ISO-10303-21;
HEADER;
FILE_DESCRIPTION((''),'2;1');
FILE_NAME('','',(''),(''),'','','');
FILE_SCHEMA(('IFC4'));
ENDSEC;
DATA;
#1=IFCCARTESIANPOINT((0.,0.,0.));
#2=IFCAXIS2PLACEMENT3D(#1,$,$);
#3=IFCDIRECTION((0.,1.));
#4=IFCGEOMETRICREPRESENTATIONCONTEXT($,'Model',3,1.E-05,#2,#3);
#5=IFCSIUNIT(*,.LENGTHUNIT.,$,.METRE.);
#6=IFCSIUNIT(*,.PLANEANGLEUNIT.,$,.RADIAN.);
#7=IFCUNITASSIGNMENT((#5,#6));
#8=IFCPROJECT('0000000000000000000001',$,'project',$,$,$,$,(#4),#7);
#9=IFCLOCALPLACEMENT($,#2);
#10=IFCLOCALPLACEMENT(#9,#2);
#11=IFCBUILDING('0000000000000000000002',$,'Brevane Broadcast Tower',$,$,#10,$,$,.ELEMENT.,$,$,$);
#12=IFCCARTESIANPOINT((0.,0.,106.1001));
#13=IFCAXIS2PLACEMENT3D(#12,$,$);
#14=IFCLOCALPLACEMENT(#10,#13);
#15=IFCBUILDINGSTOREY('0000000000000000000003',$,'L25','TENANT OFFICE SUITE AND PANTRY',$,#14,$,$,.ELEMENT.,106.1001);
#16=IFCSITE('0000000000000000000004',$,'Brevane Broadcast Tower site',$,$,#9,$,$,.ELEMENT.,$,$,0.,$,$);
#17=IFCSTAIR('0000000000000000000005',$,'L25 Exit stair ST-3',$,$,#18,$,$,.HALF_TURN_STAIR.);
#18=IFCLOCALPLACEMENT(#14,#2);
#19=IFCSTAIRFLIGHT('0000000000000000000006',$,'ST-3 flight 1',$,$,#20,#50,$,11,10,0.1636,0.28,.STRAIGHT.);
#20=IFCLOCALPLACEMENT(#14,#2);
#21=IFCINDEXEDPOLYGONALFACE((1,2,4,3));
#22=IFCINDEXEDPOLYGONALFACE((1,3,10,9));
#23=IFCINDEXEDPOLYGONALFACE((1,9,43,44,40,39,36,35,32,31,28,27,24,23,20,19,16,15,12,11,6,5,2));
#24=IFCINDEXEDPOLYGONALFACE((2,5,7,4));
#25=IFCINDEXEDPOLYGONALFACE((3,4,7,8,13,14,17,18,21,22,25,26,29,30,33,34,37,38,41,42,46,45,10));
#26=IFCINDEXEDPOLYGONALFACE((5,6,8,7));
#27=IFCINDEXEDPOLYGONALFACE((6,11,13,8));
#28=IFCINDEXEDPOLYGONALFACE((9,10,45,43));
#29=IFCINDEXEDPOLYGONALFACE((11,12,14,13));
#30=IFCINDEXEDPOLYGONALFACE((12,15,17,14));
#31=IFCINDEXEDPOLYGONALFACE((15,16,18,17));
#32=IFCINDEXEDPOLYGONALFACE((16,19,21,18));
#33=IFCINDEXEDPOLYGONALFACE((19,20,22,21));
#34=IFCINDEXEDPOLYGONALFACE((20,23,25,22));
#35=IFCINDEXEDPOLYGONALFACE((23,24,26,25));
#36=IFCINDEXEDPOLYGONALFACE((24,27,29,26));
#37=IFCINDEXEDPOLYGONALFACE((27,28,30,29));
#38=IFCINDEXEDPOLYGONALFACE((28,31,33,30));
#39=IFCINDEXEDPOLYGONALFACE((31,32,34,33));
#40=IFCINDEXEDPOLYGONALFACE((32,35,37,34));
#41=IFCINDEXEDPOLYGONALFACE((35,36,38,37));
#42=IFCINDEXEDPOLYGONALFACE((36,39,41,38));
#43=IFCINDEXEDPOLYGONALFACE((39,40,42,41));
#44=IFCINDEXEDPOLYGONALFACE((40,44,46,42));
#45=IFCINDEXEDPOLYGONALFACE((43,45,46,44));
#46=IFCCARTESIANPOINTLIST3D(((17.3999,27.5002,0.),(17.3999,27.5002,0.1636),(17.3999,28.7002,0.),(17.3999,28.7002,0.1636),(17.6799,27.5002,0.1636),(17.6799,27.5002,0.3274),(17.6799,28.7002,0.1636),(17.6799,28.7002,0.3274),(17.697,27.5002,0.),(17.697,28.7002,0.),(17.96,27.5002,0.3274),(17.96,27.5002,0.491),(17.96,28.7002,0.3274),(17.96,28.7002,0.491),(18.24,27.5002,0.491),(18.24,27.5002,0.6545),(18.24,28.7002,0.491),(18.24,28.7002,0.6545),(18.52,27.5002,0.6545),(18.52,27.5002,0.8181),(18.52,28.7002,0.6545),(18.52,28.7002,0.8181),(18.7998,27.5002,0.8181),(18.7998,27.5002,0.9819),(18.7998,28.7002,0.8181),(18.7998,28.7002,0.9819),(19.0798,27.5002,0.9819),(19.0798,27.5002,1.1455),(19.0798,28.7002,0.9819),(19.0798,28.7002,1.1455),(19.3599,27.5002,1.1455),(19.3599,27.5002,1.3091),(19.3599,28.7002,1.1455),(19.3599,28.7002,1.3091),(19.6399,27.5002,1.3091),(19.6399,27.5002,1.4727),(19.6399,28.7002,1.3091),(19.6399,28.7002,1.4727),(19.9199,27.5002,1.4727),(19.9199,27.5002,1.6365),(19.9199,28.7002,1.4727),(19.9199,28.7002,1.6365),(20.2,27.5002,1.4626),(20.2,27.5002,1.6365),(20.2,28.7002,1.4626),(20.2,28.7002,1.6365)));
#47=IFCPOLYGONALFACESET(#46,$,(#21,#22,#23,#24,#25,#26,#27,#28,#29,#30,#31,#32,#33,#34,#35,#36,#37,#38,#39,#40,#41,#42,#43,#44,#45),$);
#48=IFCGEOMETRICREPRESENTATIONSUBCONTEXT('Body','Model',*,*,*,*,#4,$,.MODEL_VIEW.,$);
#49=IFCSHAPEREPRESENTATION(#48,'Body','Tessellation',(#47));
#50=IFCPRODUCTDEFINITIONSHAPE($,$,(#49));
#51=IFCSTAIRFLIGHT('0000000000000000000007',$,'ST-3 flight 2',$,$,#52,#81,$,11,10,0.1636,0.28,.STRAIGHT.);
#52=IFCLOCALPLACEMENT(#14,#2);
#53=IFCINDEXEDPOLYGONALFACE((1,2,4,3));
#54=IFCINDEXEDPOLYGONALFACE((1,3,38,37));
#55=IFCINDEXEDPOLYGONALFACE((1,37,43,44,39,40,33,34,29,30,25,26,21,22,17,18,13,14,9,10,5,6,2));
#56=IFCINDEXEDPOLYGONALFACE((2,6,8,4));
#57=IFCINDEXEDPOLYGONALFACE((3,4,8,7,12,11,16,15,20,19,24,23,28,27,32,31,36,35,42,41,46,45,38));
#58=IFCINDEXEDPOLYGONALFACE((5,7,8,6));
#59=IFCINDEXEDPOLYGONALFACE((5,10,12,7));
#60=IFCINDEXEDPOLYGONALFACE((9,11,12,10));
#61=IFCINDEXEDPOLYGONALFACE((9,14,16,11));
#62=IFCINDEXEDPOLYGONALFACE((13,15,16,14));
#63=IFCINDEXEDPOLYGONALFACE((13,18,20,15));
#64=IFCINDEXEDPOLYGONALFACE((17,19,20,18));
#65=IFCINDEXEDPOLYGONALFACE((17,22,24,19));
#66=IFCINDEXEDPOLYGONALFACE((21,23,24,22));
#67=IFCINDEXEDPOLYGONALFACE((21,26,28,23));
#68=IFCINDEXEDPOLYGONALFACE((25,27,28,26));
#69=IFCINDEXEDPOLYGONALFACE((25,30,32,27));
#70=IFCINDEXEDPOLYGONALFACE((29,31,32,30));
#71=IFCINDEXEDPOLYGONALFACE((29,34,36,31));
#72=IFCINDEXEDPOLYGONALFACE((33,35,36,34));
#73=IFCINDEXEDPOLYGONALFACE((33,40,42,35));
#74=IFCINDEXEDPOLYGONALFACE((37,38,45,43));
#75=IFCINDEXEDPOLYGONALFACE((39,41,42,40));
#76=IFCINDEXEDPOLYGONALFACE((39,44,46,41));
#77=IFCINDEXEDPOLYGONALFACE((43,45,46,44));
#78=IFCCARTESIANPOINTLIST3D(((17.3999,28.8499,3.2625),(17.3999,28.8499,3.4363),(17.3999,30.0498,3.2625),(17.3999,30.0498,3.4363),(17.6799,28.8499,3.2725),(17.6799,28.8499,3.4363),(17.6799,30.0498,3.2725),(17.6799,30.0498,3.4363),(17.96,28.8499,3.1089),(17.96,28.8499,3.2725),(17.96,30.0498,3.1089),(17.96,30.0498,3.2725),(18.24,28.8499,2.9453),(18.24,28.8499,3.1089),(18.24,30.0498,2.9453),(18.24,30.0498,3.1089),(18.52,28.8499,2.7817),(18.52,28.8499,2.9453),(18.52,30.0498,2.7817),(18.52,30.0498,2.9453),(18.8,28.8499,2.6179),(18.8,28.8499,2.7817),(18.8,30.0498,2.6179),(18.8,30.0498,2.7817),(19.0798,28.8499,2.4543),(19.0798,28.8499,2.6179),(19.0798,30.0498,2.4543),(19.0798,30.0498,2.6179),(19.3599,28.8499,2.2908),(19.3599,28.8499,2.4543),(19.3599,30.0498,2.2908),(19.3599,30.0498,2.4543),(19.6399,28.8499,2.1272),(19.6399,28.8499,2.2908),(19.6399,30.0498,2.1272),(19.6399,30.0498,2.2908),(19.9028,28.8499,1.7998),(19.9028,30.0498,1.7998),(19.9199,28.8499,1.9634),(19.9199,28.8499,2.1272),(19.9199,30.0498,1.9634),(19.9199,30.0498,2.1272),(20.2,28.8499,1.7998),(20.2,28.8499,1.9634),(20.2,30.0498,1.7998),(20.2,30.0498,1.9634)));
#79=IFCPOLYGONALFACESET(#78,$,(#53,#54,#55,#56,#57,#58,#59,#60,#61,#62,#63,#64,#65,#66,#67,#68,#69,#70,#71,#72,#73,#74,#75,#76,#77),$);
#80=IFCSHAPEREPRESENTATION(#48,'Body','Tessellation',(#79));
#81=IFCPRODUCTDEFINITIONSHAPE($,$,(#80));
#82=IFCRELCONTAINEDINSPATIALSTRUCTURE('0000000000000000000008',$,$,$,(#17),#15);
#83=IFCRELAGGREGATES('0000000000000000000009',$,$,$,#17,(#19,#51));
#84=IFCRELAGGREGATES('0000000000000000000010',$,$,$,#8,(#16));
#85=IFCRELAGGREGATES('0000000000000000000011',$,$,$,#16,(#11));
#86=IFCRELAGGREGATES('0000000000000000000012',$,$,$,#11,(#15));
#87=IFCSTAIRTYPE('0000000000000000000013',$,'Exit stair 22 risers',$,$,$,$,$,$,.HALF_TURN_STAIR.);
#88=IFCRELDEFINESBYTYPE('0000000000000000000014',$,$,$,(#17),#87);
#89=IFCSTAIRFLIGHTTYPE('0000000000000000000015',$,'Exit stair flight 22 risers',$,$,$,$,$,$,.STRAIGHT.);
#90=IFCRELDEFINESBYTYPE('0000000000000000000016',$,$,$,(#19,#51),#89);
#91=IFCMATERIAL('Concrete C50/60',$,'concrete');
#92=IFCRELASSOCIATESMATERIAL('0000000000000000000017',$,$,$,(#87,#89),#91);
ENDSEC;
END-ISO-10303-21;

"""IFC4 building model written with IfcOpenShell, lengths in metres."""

from ifc_helpers import new_model, si_unit, direction, frame, origin, place, context, subcontext, project, spatial, polyline, outline, extrude, material, type_object, element, aggregate, save


model = new_model("IFC4")

# Units and contexts
model_context = context("Model", 3, precision=1e-05, world=origin(), true_north=direction((0.0, 1.0)))
body_context = subcontext(model_context, "Body", "Model", "MODEL_VIEW")
ifc_project = project(units=[si_unit("LENGTHUNIT", "METRE"), si_unit("PLANEANGLEUNIT", "RADIAN")], contexts=[model_context])

# Site, building, storey
site_placement = place(None, origin())
site = spatial("IfcSite", under=ifc_project, at=site_placement, Name="Brevane Broadcast Tower site", CompositionType="ELEMENT", RefElevation=0.0)
building_placement = place(site_placement, origin())
building = spatial("IfcBuilding", under=site, at=building_placement, Name="Brevane Broadcast Tower", CompositionType="ELEMENT")
storey_placement = place(building_placement, frame((0.0, 0.0, 106.1001)))
storey = spatial("IfcBuildingStorey", under=building, at=storey_placement, Name="L25", Description="TENANT OFFICE SUITE AND PANTRY", CompositionType="ELEMENT", Elevation=106.1001)

# Stair, stair flights
ifc_material_1 = material(Name="Concrete C50/60", Category="concrete")
stair_type = type_object("IfcStairType", Name="Exit stair 22 risers", PredefinedType="HALF_TURN_STAIR", material=ifc_material_1)
stair_placement = place(storey_placement, origin())
stair = element("IfcStair", 1, at=stair_placement, inside=storey, type_object=stair_type, Name="L25 Exit stair ST-3", PredefinedType="HALF_TURN_STAIR")
stair_flight_type = type_object("IfcStairFlightType", Name="Exit stair flight 22 risers", PredefinedType="STRAIGHT", material=ifc_material_1)
stair_flight_1_placement = place(storey_placement, frame((17.3999, 28.1001, 0.0), z_axis=(0.0, 0.0, 1.0), x_axis=(1.0, 0.0, 0.0)))
stair_flight_1 = element("IfcStairFlight", 2, at=stair_flight_1_placement, type_object=stair_flight_type, Name="ST-3 flight 1", NumberOfRisers=11, NumberOfTreads=10, PredefinedType="STRAIGHT", RiserHeight=0.1636, TreadLength=0.28, context=body_context, shape_type="SweptSolid", body=[
    extrude(outline(polyline([(0.0, 0.0), (0.0, 0.1636), (0.28, 0.1636), (0.28, 0.3274), (0.5601, 0.3274), (0.5601, 0.491), (0.8401, 0.491), (0.8401, 0.6545), (1.1201, 0.6545), (1.1201, 0.8181), (1.3999, 0.8181), (1.3999, 0.9819), (1.6799, 0.9819), (1.6799, 1.1455), (1.96, 1.1455), (1.96, 1.3091), (2.24, 1.3091), (2.24, 1.4727), (2.52, 1.4727), (2.52, 1.6365), (2.8, 1.6365), (2.8, 1.8), (2.8, 1.4626), (0.2971, 0.0), (0.0, 0.0)])), frame((0.0, 0.6001, 0.0), z_axis=(0.0, -1.0, 0.0), x_axis=(1.0, 0.0, 0.0)), (0.0, 0.0, 1.0), 1.2),
])
stair_flight_2_placement = place(storey_placement, frame((20.2, 29.45, 1.7998), z_axis=(0.0, 0.0, 1.0), x_axis=(-1.0, 0.0, 0.0)))
stair_flight_2 = element("IfcStairFlight", 3, at=stair_flight_2_placement, type_object=stair_flight_type, Name="ST-3 flight 2", NumberOfRisers=11, NumberOfTreads=10, PredefinedType="STRAIGHT", RiserHeight=0.1636, TreadLength=0.28, context=body_context, shape_type="SweptSolid", body=[
    extrude(outline(polyline([(0.0, 0.0), (0.0, 0.1636), (0.28, 0.1636), (0.28, 0.3274), (0.5601, 0.3274), (0.5601, 0.491), (0.8401, 0.491), (0.8401, 0.6545), (1.1201, 0.6545), (1.1201, 0.8181), (1.3999, 0.8181), (1.3999, 0.9819), (1.6799, 0.9819), (1.6799, 1.1455), (1.96, 1.1455), (1.96, 1.3091), (2.24, 1.3091), (2.24, 1.4727), (2.52, 1.4727), (2.52, 1.6365), (2.8, 1.6365), (2.8, 1.8), (2.8, 1.4626), (0.2971, 0.0), (0.0, 0.0)])), frame((0.0, 0.6001, 0.0), z_axis=(0.0, -1.0, 0.0), x_axis=(1.0, 0.0, 0.0)), (0.0, 0.0, 1.0), 1.2),
])
aggregate(stair, [stair_flight_1, stair_flight_2])

save(model, "model.ifc")
